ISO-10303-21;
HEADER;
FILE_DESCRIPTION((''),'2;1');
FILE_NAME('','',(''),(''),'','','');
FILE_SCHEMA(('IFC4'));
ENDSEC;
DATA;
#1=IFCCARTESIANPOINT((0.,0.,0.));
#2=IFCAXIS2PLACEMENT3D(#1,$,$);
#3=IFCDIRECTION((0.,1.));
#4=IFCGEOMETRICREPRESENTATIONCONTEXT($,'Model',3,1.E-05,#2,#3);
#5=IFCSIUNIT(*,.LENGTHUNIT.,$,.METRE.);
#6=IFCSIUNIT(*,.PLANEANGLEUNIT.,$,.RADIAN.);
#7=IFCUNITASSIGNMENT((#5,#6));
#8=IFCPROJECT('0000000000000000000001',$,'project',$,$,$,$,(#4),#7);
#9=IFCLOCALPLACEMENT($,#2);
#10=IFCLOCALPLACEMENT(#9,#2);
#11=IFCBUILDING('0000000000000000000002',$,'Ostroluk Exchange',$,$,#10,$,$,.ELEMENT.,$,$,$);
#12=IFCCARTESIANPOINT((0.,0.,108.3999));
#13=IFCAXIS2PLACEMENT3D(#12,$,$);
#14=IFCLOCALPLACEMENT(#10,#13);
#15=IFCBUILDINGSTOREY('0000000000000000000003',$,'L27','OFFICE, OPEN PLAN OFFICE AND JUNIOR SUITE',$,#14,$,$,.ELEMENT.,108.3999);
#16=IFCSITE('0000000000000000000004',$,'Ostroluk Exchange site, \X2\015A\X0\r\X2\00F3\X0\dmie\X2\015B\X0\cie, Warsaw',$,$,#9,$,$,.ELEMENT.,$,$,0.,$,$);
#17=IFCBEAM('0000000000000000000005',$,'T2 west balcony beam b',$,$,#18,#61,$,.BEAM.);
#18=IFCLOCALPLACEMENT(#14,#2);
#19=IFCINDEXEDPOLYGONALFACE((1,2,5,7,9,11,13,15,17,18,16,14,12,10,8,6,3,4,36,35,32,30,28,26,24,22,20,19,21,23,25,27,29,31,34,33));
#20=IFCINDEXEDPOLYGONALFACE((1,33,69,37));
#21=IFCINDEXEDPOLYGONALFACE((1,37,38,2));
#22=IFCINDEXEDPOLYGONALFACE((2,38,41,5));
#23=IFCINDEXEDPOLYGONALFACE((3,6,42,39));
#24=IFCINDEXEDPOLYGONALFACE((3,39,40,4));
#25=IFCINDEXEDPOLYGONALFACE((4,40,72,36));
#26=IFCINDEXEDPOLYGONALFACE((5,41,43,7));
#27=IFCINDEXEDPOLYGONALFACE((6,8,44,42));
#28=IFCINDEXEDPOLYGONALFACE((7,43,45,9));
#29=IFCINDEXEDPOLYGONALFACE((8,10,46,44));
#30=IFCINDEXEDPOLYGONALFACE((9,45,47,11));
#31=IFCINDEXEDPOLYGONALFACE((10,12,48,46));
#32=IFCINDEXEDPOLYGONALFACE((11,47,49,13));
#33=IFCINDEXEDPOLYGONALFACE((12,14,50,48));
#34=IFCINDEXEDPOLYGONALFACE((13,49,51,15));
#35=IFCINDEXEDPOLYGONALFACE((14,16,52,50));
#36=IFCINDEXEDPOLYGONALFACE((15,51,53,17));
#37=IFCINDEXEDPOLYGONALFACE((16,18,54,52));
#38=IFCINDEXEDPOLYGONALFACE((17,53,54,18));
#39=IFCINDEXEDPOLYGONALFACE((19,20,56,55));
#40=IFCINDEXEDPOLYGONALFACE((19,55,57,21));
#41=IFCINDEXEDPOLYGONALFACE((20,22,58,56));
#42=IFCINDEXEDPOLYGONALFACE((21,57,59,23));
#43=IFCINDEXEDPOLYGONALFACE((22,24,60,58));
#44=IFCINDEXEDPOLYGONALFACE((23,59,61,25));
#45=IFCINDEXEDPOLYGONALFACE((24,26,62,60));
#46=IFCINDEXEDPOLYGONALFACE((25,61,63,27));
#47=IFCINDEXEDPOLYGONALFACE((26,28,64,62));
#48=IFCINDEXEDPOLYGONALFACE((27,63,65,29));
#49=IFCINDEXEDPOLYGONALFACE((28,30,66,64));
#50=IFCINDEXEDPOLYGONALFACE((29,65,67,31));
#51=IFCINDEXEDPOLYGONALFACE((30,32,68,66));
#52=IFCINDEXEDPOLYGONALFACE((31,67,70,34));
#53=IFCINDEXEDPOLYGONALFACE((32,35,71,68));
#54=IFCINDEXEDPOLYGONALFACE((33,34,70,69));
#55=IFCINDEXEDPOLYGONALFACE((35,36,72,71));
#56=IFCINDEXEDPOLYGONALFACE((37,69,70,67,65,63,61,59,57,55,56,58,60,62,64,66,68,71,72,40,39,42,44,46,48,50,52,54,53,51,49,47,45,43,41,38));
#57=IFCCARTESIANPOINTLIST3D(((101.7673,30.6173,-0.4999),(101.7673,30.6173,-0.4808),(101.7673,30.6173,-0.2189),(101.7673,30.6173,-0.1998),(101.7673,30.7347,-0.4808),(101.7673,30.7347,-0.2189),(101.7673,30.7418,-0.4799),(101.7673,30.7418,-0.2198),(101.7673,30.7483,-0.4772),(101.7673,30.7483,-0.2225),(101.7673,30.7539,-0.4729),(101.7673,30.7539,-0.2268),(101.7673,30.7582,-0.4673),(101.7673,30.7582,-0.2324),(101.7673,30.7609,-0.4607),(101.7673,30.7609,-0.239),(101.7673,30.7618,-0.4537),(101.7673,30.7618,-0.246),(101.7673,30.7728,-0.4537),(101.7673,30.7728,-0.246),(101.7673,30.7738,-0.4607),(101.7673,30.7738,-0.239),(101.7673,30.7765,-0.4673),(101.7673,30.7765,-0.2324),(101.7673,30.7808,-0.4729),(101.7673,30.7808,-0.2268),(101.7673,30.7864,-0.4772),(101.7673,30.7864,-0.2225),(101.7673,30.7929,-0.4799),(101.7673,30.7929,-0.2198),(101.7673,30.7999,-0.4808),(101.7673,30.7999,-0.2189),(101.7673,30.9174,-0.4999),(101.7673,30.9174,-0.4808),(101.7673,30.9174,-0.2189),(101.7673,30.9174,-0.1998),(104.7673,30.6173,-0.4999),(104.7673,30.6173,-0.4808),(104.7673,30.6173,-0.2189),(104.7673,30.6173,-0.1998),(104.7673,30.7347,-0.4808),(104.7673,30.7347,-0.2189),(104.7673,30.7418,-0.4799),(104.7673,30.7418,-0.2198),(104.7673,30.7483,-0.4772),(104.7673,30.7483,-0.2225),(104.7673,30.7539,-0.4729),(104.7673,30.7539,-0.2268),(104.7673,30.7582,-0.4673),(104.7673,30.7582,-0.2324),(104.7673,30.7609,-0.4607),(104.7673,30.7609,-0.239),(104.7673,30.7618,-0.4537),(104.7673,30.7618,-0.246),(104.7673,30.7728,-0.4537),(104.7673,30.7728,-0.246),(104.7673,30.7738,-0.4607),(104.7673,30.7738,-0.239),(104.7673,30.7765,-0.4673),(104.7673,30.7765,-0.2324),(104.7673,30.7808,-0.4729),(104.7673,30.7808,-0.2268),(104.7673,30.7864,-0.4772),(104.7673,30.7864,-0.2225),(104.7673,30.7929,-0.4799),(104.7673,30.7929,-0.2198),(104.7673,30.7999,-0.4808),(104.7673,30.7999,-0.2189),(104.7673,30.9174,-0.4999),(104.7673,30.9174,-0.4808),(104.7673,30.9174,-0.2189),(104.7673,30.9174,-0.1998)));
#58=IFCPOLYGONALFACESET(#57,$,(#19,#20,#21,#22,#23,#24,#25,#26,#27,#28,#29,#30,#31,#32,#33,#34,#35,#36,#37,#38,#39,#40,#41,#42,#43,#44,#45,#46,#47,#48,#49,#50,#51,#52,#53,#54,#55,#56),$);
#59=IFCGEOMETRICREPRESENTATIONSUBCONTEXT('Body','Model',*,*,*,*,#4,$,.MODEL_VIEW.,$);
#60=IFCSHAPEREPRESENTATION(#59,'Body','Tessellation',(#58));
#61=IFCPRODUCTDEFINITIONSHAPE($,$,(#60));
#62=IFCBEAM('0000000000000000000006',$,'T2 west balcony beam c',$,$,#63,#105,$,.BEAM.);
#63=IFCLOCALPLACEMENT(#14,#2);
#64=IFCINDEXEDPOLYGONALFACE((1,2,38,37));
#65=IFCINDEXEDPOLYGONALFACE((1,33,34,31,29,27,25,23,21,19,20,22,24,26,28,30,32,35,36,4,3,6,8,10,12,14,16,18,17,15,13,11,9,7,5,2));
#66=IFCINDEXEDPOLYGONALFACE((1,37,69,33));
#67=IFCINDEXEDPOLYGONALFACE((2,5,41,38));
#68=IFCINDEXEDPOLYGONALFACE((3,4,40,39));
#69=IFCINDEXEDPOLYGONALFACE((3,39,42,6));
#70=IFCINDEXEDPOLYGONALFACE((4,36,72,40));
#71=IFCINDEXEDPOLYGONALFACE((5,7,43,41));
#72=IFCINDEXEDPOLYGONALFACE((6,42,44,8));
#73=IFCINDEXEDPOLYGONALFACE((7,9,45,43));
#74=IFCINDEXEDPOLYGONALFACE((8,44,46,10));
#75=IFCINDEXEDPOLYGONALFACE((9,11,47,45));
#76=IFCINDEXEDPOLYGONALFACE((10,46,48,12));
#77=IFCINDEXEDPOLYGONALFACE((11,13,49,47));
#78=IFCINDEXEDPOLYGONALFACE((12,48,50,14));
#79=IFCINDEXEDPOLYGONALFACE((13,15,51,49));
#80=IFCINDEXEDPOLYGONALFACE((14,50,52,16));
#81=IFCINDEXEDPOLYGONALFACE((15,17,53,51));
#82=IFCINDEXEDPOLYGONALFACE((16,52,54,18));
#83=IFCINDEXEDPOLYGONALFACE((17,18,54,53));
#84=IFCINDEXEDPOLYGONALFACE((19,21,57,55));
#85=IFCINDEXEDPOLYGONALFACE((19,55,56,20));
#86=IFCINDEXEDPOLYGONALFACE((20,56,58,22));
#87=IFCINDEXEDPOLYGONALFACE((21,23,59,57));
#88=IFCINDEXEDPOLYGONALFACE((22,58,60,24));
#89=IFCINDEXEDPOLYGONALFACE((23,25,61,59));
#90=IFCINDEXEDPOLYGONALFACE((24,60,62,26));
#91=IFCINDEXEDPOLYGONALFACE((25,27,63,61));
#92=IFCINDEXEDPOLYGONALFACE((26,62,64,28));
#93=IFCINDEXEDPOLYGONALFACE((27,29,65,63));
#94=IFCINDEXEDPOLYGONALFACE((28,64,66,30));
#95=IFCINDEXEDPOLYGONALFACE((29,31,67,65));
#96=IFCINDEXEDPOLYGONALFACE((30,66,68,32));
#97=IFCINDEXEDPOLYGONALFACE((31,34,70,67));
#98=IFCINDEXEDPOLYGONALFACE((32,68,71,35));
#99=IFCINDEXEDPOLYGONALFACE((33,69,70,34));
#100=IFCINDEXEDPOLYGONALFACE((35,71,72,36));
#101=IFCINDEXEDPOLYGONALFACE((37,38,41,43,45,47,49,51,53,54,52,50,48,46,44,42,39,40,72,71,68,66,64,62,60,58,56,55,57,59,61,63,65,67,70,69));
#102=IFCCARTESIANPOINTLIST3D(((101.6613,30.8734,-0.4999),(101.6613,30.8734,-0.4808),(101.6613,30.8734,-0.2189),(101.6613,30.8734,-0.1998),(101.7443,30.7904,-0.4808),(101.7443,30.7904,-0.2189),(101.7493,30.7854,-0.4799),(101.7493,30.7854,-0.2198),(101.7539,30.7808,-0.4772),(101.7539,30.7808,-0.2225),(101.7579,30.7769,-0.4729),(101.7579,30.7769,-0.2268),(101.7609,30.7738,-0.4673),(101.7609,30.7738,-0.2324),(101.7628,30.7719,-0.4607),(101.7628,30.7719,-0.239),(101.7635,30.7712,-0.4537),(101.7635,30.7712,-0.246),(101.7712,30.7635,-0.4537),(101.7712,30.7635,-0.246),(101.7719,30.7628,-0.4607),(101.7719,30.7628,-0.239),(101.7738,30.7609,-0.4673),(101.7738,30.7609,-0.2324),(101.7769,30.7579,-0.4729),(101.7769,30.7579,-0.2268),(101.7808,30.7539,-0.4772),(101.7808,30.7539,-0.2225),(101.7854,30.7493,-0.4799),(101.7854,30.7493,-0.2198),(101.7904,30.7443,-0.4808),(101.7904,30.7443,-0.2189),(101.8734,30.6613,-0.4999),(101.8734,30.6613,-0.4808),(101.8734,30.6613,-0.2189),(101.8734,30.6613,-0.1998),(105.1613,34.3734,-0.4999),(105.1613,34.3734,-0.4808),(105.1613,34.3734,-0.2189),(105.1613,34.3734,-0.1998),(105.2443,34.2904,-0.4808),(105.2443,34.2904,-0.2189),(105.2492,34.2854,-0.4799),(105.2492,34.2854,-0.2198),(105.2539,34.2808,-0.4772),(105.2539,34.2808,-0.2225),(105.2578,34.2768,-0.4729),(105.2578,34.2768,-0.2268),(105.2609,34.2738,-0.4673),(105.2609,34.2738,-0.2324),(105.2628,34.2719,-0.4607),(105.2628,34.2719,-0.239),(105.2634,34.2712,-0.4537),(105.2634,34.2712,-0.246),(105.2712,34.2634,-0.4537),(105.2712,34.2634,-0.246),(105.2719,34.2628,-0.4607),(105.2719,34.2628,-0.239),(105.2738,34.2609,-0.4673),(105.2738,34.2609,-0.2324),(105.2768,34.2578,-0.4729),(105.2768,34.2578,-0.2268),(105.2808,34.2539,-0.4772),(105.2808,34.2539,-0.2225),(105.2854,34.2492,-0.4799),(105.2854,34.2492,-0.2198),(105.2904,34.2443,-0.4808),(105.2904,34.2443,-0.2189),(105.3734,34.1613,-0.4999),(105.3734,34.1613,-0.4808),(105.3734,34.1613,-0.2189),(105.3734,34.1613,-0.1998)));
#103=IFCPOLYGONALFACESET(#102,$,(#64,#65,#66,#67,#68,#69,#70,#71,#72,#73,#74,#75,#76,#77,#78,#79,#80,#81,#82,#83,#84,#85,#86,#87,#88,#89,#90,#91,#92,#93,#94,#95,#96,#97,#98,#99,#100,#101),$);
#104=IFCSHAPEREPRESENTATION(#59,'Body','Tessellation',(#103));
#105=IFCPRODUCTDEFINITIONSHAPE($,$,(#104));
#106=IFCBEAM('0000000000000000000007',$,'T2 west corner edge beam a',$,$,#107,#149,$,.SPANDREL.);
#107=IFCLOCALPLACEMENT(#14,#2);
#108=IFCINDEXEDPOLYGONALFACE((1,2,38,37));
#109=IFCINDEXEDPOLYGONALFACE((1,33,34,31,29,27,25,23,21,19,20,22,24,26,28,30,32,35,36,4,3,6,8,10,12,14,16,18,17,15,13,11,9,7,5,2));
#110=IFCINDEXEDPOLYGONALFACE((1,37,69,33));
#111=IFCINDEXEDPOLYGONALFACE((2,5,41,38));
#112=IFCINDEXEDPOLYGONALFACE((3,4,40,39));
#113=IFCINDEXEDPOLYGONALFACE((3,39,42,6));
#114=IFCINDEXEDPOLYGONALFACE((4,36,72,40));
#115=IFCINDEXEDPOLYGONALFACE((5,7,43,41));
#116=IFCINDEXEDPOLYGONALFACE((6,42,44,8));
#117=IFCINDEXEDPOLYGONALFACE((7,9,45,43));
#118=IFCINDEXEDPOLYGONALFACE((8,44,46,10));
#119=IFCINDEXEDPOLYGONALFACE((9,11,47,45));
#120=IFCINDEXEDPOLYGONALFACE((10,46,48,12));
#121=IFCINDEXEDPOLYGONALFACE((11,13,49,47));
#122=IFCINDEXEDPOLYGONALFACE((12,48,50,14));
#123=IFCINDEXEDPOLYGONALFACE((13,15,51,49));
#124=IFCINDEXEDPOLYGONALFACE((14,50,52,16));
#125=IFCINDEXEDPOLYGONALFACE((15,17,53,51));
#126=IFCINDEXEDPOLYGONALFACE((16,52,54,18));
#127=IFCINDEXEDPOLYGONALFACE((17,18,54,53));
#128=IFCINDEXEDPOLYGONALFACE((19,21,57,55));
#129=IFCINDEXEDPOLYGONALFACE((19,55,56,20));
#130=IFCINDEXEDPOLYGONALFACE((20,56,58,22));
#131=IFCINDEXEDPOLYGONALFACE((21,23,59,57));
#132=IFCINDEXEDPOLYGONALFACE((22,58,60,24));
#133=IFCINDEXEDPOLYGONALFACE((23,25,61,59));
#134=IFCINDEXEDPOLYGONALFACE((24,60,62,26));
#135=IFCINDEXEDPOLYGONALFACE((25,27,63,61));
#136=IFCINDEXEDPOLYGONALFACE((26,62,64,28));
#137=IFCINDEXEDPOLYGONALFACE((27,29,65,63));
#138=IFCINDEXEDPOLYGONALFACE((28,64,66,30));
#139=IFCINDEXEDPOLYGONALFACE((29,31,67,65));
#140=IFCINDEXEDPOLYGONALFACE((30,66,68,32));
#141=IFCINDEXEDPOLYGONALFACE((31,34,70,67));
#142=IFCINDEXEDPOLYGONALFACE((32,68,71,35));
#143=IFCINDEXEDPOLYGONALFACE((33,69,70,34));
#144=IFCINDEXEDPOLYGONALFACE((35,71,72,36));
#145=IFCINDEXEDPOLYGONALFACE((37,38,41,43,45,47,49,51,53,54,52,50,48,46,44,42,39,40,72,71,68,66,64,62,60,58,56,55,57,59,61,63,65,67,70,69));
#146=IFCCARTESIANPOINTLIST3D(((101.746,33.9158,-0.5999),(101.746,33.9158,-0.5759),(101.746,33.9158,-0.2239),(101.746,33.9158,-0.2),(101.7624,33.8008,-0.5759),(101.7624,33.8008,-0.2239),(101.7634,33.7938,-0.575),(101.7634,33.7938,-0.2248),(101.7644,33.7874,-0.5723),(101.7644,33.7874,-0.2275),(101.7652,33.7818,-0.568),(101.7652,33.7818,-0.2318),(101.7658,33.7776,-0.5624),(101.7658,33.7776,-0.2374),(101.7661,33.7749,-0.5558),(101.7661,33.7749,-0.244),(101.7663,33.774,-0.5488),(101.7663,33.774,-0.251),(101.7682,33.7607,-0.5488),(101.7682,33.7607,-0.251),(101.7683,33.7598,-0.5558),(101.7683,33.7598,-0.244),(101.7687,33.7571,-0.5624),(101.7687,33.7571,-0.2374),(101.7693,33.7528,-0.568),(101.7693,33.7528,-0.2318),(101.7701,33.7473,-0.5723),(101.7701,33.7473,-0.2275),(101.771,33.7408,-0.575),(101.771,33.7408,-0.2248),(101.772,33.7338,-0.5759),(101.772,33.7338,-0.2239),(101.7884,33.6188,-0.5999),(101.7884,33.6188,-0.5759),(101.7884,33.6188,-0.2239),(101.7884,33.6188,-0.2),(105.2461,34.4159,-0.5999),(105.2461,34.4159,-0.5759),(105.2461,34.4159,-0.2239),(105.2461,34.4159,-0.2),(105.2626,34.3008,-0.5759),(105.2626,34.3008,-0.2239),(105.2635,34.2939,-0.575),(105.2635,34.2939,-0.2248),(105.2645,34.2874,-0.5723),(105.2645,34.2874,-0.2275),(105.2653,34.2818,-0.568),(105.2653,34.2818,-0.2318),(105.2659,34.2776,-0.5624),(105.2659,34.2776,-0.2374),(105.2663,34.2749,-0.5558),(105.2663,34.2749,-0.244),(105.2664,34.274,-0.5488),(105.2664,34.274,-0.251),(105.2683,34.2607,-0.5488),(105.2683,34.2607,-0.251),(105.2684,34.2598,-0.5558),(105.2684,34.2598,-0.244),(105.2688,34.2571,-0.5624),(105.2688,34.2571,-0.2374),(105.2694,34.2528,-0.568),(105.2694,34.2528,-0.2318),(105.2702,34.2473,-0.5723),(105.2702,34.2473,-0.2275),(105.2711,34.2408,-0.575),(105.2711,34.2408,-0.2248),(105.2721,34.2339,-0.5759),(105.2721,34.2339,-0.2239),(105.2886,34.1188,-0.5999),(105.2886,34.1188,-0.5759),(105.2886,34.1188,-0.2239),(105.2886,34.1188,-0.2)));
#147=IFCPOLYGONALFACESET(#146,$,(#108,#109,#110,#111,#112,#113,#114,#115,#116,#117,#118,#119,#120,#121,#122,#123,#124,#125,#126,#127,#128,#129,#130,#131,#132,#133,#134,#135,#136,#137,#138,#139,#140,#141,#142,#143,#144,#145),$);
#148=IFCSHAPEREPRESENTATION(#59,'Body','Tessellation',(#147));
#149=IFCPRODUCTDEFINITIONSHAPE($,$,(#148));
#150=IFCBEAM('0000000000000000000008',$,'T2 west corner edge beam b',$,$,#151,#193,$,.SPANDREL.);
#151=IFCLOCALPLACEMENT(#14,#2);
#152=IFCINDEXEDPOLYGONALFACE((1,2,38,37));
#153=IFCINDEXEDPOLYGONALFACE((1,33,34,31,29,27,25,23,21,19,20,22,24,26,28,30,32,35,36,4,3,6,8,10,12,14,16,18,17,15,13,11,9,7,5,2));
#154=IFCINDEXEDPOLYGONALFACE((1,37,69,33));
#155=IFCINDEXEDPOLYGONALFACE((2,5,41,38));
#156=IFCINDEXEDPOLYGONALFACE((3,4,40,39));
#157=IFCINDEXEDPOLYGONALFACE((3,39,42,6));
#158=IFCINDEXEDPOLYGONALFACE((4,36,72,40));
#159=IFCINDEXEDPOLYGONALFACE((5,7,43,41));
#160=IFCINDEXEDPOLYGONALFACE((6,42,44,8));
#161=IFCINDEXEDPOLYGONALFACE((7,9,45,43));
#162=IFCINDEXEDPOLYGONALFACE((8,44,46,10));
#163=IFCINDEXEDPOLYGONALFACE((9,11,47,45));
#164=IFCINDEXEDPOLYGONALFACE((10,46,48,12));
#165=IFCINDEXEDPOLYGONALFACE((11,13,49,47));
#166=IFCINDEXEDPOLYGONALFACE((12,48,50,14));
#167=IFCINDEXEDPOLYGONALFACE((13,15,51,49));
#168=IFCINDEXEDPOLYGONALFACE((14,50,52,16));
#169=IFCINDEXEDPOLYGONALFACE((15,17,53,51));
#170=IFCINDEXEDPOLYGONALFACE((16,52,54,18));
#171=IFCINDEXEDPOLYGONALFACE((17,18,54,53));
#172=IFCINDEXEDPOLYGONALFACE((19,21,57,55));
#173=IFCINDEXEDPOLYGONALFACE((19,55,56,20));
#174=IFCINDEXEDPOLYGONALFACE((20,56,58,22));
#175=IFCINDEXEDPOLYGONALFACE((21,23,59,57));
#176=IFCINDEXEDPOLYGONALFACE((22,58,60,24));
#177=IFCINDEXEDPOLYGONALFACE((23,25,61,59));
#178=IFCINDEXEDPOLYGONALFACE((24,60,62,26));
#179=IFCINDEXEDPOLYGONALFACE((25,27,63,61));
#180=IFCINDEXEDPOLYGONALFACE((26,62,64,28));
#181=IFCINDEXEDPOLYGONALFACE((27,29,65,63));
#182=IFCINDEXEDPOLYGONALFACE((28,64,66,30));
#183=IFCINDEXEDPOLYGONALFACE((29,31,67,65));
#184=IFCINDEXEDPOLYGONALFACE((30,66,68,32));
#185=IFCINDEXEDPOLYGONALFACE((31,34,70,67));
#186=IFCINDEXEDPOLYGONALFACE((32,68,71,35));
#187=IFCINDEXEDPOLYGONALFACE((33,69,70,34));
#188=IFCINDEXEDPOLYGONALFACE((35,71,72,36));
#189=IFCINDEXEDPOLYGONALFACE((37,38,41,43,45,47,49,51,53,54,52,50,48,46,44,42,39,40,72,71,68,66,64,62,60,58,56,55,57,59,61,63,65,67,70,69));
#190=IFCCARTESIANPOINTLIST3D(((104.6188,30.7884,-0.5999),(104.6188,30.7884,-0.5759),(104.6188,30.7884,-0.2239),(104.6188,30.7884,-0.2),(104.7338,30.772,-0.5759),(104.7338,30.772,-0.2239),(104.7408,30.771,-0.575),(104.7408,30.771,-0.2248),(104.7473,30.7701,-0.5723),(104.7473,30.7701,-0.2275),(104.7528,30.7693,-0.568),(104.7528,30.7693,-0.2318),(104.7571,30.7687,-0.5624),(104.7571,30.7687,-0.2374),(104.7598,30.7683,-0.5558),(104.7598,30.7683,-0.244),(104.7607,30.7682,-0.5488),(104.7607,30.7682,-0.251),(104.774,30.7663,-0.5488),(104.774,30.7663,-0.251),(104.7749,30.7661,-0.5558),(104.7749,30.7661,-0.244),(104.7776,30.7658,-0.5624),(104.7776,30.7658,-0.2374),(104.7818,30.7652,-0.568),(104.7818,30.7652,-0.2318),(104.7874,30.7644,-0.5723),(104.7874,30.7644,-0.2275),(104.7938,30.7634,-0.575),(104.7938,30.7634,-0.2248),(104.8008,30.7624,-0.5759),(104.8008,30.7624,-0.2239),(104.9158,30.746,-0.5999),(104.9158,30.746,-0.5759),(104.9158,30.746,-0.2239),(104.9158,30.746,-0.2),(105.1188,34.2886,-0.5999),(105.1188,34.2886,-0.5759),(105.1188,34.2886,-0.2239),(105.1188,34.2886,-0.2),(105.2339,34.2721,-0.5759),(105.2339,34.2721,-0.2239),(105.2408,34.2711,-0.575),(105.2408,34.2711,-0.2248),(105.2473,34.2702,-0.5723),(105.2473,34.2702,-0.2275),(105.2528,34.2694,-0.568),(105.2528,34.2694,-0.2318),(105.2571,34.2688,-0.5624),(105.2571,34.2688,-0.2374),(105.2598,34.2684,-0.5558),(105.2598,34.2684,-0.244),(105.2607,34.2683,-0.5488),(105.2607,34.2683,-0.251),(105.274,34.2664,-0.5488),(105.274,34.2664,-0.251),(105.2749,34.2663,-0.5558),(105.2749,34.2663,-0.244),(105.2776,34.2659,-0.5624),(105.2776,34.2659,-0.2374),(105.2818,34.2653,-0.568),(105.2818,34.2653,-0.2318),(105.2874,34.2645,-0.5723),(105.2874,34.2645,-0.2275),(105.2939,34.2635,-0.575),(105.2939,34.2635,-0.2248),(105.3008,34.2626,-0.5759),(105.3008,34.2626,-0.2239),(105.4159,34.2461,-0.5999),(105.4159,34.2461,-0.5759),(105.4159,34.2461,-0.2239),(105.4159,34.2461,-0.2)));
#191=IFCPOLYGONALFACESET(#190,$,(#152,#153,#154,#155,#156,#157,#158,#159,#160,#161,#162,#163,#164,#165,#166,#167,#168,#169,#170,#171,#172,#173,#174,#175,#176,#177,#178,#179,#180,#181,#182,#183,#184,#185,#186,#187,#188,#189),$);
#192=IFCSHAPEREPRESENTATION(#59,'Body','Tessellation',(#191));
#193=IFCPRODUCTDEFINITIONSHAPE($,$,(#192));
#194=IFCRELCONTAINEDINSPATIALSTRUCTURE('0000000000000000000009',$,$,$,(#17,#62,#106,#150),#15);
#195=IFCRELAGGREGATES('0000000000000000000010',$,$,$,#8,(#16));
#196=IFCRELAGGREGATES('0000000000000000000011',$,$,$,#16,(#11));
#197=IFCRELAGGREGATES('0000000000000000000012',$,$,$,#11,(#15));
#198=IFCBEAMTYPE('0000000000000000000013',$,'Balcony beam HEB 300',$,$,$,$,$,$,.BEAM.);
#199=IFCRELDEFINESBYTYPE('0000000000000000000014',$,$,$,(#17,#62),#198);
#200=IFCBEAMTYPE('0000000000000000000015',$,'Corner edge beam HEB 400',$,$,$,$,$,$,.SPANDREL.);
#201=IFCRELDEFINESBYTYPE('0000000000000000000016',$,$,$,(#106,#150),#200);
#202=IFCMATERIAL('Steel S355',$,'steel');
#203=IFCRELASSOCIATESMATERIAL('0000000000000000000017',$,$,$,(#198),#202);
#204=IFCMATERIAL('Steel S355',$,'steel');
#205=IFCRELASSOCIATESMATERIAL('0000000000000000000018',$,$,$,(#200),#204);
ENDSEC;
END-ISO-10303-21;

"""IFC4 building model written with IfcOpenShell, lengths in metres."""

from ifc_helpers import new_model, si_unit, direction, frame, origin, origin_2d, place, context, subcontext, project, spatial, i_section, extrude, material, material_profile, profile_set, type_object, element, save


model = new_model("IFC4")

# Units and contexts
model_context = context("Model", 3, precision=1e-05, world=origin(), true_north=direction((0.0, 1.0)))
body_context = subcontext(model_context, "Body", "Model", "MODEL_VIEW")
ifc_project = project(units=[si_unit("LENGTHUNIT", "METRE"), si_unit("PLANEANGLEUNIT", "RADIAN")], contexts=[model_context])

# Site, building, storey
site_placement = place(None, origin())
site = spatial("IfcSite", under=ifc_project, at=site_placement, Name="Ostroluk Exchange site, Śródmieście, Warsaw", CompositionType="ELEMENT", RefElevation=0.0)
building_placement = place(site_placement, origin())
building = spatial("IfcBuilding", under=site, at=building_placement, Name="Ostroluk Exchange", CompositionType="ELEMENT")
storey_placement = place(building_placement, frame((0.0, 0.0, 108.3999)))
storey = spatial("IfcBuildingStorey", under=building, at=storey_placement, Name="L27", Description="OFFICE, OPEN PLAN OFFICE AND JUNIOR SUITE", CompositionType="ELEMENT", Elevation=108.3999)

# Beams
ifc_material_1 = material(Name="Steel S355", Category="steel")
ifc_material_profile_1 = material_profile(ifc_material_1, i_section(OverallWidth=0.3, OverallDepth=0.3, WebThickness=0.011, FlangeThickness=0.019, FilletRadius=0.0271, at=origin_2d()), Name="HEB 300")
ifc_profile_set_1 = profile_set([ifc_material_profile_1], Name="Steel S355")
beam_type_1 = type_object("IfcBeamType", Name="Balcony beam HEB 300", PredefinedType="BEAM", material=ifc_profile_set_1)
for number, where, z_axis, x_axis, name in (
    (1, (104.7673, 30.7673, -0.3499), (-1.0, 0.0, 0.0), (0.0, -1.0, 0.0), "T2 west balcony beam b"),
):
    element("IfcBeam", number, at=place(storey_placement, frame(where, z_axis=z_axis, x_axis=x_axis)), inside=storey, type_object=beam_type_1, Name=name, PredefinedType="BEAM", context=body_context, shape_type="SweptSolid", body=[
        extrude(i_section(OverallWidth=0.3, OverallDepth=0.3, WebThickness=0.011, FlangeThickness=0.019, FilletRadius=0.0271, at=origin_2d()), origin(), (0.0, 0.0, 1.0), 3.0),
    ])
beam_1_placement = place(storey_placement, frame((105.2673, 34.2673, -0.3499), z_axis=(-0.707107, -0.707107, 0.0), x_axis=(0.707107, -0.707107, 0.0)))
element("IfcBeam", 2, at=beam_1_placement, inside=storey, type_object=beam_type_1, Name="T2 west balcony beam c", PredefinedType="BEAM", context=body_context, shape_type="SweptSolid", body=[
    extrude(i_section(OverallWidth=0.3, OverallDepth=0.3, WebThickness=0.011, FlangeThickness=0.019, FilletRadius=0.0271, at=origin_2d()), origin(), (0.0, 0.0, 1.0), 4.9497),
])
ifc_material_2 = material(Name="Steel S355", Category="steel")
ifc_material_profile_2 = material_profile(ifc_material_2, i_section(OverallWidth=0.3, OverallDepth=0.3999, WebThickness=0.0134, FlangeThickness=0.0239, FilletRadius=0.0271, at=origin_2d()), Name="HEB 400")
ifc_profile_set_2 = profile_set([ifc_material_profile_2], Name="Steel S355")
beam_type_2 = type_object("IfcBeamType", Name="Corner edge beam HEB 400", PredefinedType="SPANDREL", material=ifc_profile_set_2)
for number, where, z_axis, x_axis, name in (
    (3, (105.2673, 34.2673, -0.3999), (-0.989949, -0.141421, 0.0), (0.141421, -0.989949, 0.0), "T2 west corner edge beam a"),
    (4, (105.2673, 34.2673, -0.3999), (-0.141421, -0.989949, 0.0), (0.989949, -0.141421, 0.0), "T2 west corner edge beam b"),
):
    element("IfcBeam", number, at=place(storey_placement, frame(where, z_axis=z_axis, x_axis=x_axis)), inside=storey, type_object=beam_type_2, Name=name, PredefinedType="SPANDREL", context=body_context, shape_type="SweptSolid", body=[
        extrude(i_section(OverallWidth=0.3, OverallDepth=0.3999, WebThickness=0.0134, FlangeThickness=0.0239, FilletRadius=0.0271, at=origin_2d()), origin(), (0.0, 0.0, 1.0), 3.5356),
    ])

save(model, "model.ifc")
